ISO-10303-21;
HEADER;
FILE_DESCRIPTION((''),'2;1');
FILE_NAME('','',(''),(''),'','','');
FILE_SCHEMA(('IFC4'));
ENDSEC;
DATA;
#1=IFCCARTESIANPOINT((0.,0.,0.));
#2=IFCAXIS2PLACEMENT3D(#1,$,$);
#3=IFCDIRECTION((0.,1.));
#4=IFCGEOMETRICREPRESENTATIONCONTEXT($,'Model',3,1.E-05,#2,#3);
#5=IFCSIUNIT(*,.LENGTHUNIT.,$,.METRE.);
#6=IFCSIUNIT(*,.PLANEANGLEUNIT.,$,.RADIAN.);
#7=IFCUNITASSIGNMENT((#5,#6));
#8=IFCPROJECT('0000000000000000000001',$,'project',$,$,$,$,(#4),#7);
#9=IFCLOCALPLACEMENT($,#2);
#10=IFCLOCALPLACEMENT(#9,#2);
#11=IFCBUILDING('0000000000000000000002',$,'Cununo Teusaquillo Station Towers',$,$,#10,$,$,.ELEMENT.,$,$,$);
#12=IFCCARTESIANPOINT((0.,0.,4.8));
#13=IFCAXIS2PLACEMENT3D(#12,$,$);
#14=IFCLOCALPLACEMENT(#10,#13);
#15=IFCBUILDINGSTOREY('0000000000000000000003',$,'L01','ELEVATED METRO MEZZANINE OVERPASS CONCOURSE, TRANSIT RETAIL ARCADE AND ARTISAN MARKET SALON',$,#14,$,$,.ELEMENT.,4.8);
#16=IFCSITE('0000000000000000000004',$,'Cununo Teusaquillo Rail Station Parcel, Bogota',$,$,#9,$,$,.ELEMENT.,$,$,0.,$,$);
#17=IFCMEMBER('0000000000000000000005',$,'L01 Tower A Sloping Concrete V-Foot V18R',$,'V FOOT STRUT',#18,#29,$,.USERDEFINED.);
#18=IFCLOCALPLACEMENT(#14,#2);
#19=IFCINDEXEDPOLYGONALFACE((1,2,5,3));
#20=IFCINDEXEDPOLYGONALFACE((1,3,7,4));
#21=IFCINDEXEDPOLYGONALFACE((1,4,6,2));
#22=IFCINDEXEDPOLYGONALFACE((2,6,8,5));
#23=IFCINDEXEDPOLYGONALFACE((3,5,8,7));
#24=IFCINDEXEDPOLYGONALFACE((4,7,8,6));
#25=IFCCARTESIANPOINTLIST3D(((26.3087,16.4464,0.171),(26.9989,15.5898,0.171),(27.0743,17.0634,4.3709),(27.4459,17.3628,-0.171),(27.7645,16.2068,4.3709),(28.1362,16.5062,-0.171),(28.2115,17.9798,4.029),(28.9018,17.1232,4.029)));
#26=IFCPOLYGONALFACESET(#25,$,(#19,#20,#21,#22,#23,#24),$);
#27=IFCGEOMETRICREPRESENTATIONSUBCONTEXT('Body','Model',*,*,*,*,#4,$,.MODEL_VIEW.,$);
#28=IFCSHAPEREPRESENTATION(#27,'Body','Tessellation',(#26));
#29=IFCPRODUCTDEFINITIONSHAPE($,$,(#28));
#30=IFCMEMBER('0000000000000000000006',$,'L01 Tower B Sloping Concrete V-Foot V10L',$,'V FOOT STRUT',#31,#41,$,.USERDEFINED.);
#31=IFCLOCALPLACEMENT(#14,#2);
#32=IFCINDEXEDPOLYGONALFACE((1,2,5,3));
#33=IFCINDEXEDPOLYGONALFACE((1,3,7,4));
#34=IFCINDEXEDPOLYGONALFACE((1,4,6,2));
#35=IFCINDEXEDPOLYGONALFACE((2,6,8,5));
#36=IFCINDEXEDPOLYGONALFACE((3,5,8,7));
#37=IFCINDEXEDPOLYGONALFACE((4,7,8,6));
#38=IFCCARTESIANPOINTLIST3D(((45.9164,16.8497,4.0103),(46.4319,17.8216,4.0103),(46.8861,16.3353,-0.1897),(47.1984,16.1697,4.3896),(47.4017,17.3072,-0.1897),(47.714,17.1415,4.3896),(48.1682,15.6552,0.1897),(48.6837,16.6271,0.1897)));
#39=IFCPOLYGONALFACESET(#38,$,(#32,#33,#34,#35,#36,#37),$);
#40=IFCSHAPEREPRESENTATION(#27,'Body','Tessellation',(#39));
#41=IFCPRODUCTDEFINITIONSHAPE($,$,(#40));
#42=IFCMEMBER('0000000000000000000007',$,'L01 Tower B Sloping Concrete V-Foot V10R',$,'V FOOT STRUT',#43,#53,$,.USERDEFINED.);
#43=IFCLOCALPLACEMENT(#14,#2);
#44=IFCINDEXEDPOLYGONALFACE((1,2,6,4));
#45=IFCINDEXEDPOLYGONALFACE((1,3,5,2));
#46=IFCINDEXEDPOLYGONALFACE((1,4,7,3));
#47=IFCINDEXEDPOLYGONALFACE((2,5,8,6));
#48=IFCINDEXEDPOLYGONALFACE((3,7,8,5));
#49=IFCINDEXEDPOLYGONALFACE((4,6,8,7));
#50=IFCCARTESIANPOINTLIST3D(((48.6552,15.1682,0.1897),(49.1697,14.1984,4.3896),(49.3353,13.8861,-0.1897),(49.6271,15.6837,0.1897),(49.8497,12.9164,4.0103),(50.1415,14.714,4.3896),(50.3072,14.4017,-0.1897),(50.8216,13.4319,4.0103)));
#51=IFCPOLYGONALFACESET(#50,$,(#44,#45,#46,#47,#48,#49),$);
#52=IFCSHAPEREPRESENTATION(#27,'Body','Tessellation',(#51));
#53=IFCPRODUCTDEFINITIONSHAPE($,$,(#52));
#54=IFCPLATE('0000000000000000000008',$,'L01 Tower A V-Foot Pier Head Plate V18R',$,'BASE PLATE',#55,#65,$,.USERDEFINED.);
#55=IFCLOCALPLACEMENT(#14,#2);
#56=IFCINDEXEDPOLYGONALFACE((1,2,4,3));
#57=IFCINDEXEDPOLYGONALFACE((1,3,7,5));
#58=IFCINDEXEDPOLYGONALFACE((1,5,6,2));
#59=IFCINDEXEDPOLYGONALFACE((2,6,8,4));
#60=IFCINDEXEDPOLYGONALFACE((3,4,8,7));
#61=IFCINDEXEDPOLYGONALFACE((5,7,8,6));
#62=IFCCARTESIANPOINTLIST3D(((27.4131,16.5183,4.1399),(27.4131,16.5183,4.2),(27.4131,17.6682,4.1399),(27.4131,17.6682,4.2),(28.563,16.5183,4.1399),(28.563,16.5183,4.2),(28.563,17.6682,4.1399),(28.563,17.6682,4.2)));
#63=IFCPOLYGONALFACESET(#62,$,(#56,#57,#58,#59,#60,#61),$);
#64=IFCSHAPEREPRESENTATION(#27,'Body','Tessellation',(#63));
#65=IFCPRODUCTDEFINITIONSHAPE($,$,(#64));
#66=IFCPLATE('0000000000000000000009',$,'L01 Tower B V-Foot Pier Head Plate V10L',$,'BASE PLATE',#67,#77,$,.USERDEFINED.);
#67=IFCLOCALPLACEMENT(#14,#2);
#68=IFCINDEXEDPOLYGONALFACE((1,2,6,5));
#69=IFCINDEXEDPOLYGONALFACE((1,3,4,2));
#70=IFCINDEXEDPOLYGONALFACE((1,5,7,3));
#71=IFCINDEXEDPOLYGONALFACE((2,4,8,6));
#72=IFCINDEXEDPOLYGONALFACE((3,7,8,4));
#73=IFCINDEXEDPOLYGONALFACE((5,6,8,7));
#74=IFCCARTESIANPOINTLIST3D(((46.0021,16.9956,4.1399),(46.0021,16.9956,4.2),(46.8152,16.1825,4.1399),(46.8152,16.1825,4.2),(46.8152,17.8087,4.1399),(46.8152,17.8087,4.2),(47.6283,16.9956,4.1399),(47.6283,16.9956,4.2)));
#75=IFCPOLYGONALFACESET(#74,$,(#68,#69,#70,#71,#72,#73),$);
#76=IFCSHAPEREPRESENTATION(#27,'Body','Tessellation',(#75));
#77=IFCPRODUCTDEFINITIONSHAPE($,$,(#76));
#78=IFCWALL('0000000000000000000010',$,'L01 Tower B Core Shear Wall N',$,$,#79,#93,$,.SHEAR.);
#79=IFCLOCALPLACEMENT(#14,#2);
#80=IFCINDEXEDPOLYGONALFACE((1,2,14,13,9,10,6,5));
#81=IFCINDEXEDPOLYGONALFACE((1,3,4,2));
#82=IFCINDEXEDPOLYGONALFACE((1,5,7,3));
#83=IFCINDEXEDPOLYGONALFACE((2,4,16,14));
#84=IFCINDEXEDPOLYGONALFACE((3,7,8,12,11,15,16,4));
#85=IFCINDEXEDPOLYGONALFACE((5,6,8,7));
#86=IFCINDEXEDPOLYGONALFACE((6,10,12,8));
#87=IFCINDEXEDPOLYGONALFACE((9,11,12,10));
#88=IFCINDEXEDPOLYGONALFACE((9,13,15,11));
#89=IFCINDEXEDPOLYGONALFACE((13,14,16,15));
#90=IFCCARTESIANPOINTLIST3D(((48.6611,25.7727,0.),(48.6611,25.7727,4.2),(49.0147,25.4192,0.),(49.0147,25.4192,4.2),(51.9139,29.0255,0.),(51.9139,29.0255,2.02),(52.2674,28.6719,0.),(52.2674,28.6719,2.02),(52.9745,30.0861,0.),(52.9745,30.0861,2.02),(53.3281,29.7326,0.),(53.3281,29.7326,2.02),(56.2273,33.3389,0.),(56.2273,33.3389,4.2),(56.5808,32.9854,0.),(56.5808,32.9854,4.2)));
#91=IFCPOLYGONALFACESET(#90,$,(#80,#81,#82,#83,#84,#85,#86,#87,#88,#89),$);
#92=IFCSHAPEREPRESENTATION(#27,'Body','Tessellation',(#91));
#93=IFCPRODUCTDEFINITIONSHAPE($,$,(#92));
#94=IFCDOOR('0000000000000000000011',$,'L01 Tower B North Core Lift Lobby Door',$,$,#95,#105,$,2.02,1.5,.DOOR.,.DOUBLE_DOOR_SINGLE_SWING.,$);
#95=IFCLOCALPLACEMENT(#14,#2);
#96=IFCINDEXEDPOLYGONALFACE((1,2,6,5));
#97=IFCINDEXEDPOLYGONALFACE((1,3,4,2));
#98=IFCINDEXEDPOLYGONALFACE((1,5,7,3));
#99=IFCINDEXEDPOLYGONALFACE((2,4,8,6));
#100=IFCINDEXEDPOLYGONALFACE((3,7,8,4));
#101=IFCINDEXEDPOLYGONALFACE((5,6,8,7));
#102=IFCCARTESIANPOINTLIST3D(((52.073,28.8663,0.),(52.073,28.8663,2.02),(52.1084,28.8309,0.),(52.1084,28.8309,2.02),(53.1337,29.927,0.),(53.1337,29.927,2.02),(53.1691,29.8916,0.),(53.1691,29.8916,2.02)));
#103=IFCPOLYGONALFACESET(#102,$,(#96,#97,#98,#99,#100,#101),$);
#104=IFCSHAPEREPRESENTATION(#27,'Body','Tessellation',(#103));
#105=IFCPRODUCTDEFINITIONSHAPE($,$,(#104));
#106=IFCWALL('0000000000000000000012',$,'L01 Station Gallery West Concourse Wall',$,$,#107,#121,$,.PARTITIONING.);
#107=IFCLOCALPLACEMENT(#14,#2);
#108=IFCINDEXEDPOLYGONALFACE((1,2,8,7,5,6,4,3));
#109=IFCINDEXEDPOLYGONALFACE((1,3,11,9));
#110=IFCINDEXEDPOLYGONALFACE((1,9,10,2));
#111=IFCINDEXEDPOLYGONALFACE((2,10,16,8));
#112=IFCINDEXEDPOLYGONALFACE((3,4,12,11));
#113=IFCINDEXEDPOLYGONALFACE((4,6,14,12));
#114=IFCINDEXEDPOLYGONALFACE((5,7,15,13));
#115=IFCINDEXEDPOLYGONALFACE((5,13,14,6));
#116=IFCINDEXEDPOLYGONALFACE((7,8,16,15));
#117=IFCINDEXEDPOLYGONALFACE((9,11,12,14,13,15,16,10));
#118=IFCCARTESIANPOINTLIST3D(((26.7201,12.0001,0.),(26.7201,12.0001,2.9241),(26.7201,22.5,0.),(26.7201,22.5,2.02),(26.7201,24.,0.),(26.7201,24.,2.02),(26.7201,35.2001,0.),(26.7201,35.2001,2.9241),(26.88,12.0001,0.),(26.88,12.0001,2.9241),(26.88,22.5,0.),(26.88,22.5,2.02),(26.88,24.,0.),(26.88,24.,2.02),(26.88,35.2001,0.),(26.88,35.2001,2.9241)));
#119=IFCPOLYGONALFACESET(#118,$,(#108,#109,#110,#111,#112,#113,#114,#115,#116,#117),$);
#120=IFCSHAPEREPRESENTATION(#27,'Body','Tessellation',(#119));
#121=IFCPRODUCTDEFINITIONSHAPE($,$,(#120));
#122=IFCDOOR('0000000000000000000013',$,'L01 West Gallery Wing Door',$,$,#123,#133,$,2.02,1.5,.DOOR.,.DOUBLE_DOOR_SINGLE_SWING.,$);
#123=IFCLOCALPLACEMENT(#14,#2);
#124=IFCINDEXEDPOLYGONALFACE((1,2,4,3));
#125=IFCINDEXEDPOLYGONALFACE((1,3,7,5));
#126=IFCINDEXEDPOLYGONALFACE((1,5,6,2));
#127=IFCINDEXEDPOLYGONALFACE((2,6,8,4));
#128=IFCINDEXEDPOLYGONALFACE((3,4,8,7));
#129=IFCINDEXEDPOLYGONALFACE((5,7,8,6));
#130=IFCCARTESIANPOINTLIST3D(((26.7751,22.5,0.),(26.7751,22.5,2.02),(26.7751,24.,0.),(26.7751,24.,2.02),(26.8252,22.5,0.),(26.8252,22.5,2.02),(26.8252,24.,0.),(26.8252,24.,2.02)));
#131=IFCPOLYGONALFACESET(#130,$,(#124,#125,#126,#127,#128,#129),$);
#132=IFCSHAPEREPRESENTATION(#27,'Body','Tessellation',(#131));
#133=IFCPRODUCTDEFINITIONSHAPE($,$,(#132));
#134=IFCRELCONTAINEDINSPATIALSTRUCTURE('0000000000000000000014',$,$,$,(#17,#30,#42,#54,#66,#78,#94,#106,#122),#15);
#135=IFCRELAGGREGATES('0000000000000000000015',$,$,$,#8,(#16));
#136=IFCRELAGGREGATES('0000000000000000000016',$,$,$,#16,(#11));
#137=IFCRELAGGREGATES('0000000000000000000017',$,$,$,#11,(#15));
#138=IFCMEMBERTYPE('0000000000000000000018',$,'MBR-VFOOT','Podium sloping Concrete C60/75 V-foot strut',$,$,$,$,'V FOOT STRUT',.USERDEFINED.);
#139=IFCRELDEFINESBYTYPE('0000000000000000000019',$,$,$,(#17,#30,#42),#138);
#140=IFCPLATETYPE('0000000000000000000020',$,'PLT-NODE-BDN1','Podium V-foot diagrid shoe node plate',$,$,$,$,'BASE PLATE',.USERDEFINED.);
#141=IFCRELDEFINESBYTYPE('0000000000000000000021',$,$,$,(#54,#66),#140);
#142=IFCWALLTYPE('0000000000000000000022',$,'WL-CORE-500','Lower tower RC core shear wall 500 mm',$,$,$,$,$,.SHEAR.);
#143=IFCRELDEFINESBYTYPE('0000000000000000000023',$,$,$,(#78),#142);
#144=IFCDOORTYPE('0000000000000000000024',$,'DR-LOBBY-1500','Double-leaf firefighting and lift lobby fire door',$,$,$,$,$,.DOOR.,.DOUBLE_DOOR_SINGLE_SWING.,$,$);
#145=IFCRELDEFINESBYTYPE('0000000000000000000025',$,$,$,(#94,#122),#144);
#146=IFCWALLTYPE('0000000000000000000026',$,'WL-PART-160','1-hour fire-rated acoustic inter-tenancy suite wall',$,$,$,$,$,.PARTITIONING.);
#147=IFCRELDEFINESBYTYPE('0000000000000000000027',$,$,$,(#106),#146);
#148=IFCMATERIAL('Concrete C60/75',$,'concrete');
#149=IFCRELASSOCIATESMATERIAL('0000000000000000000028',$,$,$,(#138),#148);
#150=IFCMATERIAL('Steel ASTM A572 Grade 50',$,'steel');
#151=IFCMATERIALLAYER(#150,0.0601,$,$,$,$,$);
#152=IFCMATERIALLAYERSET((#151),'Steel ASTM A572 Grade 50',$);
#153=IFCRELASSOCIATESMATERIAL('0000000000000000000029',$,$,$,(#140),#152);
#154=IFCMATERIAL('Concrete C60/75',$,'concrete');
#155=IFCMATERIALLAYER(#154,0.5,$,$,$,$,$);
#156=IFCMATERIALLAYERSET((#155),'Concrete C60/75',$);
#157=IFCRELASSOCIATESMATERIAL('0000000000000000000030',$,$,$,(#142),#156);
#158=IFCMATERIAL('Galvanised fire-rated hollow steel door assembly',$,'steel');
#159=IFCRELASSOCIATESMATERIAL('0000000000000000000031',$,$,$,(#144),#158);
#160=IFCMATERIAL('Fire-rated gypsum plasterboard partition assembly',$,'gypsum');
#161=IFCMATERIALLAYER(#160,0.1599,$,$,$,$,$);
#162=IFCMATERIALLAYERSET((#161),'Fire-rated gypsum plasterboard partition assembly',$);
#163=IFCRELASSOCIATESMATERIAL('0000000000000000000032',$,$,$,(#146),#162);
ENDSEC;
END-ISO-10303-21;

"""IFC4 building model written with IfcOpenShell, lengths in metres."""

from ifc_helpers import new_model, si_unit, direction, frame, frame_2d, origin, origin_2d, place, context, subcontext, project, spatial, rectangle, extrude, source, transform, mapped, material, layer, layer_set, material_profile, profile_set, type_object, element, fill, save


model = new_model("IFC4")

# Units and contexts
model_context = context("Model", 3, precision=1e-05, world=origin(), true_north=direction((0.0, 1.0)))
body_context = subcontext(model_context, "Body", "Model", "MODEL_VIEW")
ifc_project = project(units=[si_unit("LENGTHUNIT", "METRE"), si_unit("PLANEANGLEUNIT", "RADIAN")], contexts=[model_context])

# Site, building, storey
site_placement = place(None, origin())
site = spatial("IfcSite", under=ifc_project, at=site_placement, Name="Cununo Teusaquillo Rail Station Parcel, Bogota", CompositionType="ELEMENT", RefElevation=0.0)
building_placement = place(site_placement, origin())
building = spatial("IfcBuilding", under=site, at=building_placement, Name="Cununo Teusaquillo Station Towers", CompositionType="ELEMENT")
storey_placement = place(building_placement, frame((0.0, 0.0, 4.8)))
storey = spatial("IfcBuildingStorey", under=building, at=storey_placement, Name="L01", Description="ELEVATED METRO MEZZANINE OVERPASS CONCOURSE, TRANSIT RETAIL ARCADE AND ARTISAN MARKET SALON", CompositionType="ELEMENT", Elevation=4.8)

# Members
ifc_material_1 = material(Name="Concrete C60/75", Category="concrete")
ifc_material_profile_1 = material_profile(ifc_material_1, rectangle(XDim=1.1001, YDim=1.5, at=origin_2d()), Name="RC-RECT-1500x1100")
ifc_profile_set_1 = profile_set([ifc_material_profile_1], Name="Concrete C60/75")
member_type = type_object("IfcMemberType", Name="MBR-VFOOT", Description="Podium sloping Concrete C60/75 V-foot strut", ElementType="V FOOT STRUT", PredefinedType="USERDEFINED", material=ifc_profile_set_1)
member_placement = place(storey_placement, frame((27.2224, 16.4763, 0.0), z_axis=(0.177495, 0.143026, 0.973673), x_axis=(-0.627447, 0.77866, 0.0)))
element("IfcMember", 1, at=member_placement, inside=storey, type_object=member_type, Name="L01 Tower A Sloping Concrete V-Foot V18R", ObjectType="V FOOT STRUT", PredefinedType="USERDEFINED", context=body_context, shape_type="SweptSolid", body=[
    extrude(rectangle(XDim=1.1001, YDim=1.5, at=origin_2d()), origin(), (0.0, 0.0, 1.0), 4.3135),
])
for number, where, z_axis, x_axis, name in (
    (2, (47.7849, 16.4812, 0.0), (-0.223386, 0.118498, 0.9675), (-0.468613, -0.883404, 0.0), "L01 Tower B Sloping Concrete V-Foot V10L"),
    (3, (49.4812, 14.7849, 0.0), (0.118498, -0.223386, 0.9675), (0.883404, 0.468613, 0.0), "L01 Tower B Sloping Concrete V-Foot V10R"),
):
    element("IfcMember", number, at=place(storey_placement, frame(where, z_axis=z_axis, x_axis=x_axis)), inside=storey, type_object=member_type, Name=name, ObjectType="V FOOT STRUT", PredefinedType="USERDEFINED", context=body_context, shape_type="SweptSolid", body=[
        extrude(rectangle(XDim=1.1001, YDim=1.5, at=origin_2d()), origin(), (0.0, 0.0, 1.0), 4.3411),
    ])

# Plates
ifc_material_2 = material(Name="Steel ASTM A572 Grade 50", Category="steel")
ifc_layer_1 = layer(ifc_material_2, 0.0601)
ifc_layer_set_1 = layer_set([ifc_layer_1], Name="Steel ASTM A572 Grade 50")
plate_type = type_object("IfcPlateType", Name="PLT-NODE-BDN1", Description="Podium V-foot diagrid shoe node plate", ElementType="BASE PLATE", PredefinedType="USERDEFINED", material=ifc_layer_set_1)
shared_shape_1 = source(origin(), body_context, "Body", "SweptSolid", [
    extrude(rectangle(XDim=1.1499, YDim=1.1499, at=origin_2d()), origin(), (0.0, 0.0, 1.0), 0.0601),
])
for number, where, z_axis, x_axis, name in (
    (4, (27.988, 17.0933, 4.1399), (0.0, 0.0, 1.0), (1.0, 0.0, 0.0), "L01 Tower A V-Foot Pier Head Plate V18R"),
    (5, (46.8152, 16.9956, 4.1399), (0.0, 0.0, 1.0), (0.707107, 0.707107, 0.0), "L01 Tower B V-Foot Pier Head Plate V10L"),
):
    element("IfcPlate", number, at=place(storey_placement, frame(where, z_axis=z_axis, x_axis=x_axis)), inside=storey, type_object=plate_type, Name=name, ObjectType="BASE PLATE", PredefinedType="USERDEFINED", context=body_context, shape_type="MappedRepresentation", body=[
        mapped(shared_shape_1, transform((0.0, 0.0, 0.0), x_axis=(1.0, 0.0, 0.0), y_axis=(0.0, 1.0, 0.0), z_axis=(0.0, 0.0, 1.0), scale=1.0)),
    ])

# Walls, openings, doors
ifc_material_3 = material(Name="Concrete C60/75", Category="concrete")
ifc_layer_2 = layer(ifc_material_3, 0.5)
ifc_layer_set_2 = layer_set([ifc_layer_2], Name="Concrete C60/75")
wall_type_1 = type_object("IfcWallType", Name="WL-CORE-500", Description="Lower tower RC core shear wall 500 mm", PredefinedType="SHEAR", material=ifc_layer_set_2)
wall_1_placement = place(storey_placement, frame((48.8379, 25.5959, 0.0), z_axis=(0.0, 0.0, 1.0), x_axis=(0.707107, 0.707107, 0.0)))
wall_1 = element("IfcWall", 6, at=wall_1_placement, inside=storey, type_object=wall_type_1, Name="L01 Tower B Core Shear Wall N", PredefinedType="SHEAR", context=body_context, shape_type="SweptSolid", body=[
    extrude(rectangle(XDim=10.7002, YDim=0.5, at=frame_2d((5.3501, 0.0))), origin(), (0.0, 0.0, 1.0), 4.2),
])
shared_shape_2 = source(origin(), body_context, "Body", "SweptSolid", [
    extrude(rectangle(XDim=1.5, YDim=2.02, at=frame_2d((0.75, 1.01))), frame((0.0, 0.26, 0.0), z_axis=(0.0, -1.0, 0.0), x_axis=(1.0, 0.0, 0.0)), (0.0, 0.0, 1.0), 0.52),
])
opening_1_placement = place(wall_1_placement, frame((4.6001, 0.0, 0.0)))
opening_1 = element("IfcOpeningElement", 7, at=opening_1_placement, cuts=wall_1, PredefinedType="OPENING", context=body_context, shape_type="MappedRepresentation", body=[
    mapped(shared_shape_2, transform((0.0, 0.0, 0.0), x_axis=(1.0, 0.0, 0.0), y_axis=(0.0, 1.0, 0.0), z_axis=(0.0, 0.0, 1.0), scale=1.0)),
])
ifc_material_4 = material(Name="Galvanised fire-rated hollow steel door assembly", Category="steel")
door_type_1 = type_object("IfcDoorType", Name="DR-LOBBY-1500", Description="Double-leaf firefighting and lift lobby fire door", OperationType="DOUBLE_DOOR_SINGLE_SWING", PredefinedType="DOOR", material=ifc_material_4)
shared_shape_3 = source(origin(), body_context, "Body", "SweptSolid", [
    extrude(rectangle(XDim=1.5, YDim=2.02, at=frame_2d((0.75, 1.01))), frame((0.0, 0.0249, 0.0), z_axis=(0.0, -1.0, 0.0), x_axis=(1.0, 0.0, 0.0)), (0.0, 0.0, 1.0), 0.05),
])
door_1_placement = place(opening_1_placement, origin())
door_1 = element("IfcDoor", 8, at=door_1_placement, inside=storey, type_object=door_type_1, Name="L01 Tower B North Core Lift Lobby Door", OperationType="DOUBLE_DOOR_SINGLE_SWING", OverallHeight=2.02, OverallWidth=1.5, PredefinedType="DOOR", context=body_context, shape_type="MappedRepresentation", body=[
    mapped(shared_shape_3, transform((0.0, 0.0, 0.0), x_axis=(1.0, 0.0, 0.0), y_axis=(0.0, 1.0, 0.0), z_axis=(0.0, 0.0, 1.0), scale=1.0)),
])
fill(opening_1, door_1)
ifc_material_5 = material(Name="Fire-rated gypsum plasterboard partition assembly", Category="gypsum")
ifc_layer_3 = layer(ifc_material_5, 0.1599)
ifc_layer_set_3 = layer_set([ifc_layer_3], Name="Fire-rated gypsum plasterboard partition assembly")
wall_type_2 = type_object("IfcWallType", Name="WL-PART-160", Description="1-hour fire-rated acoustic inter-tenancy suite wall", PredefinedType="PARTITIONING", material=ifc_layer_set_3)
wall_2_placement = place(storey_placement, frame((26.8, 12.0, 0.0), z_axis=(0.0, 0.0, 1.0), x_axis=(0.0, 1.0, 0.0)))
wall_2 = element("IfcWall", 9, at=wall_2_placement, inside=storey, type_object=wall_type_2, Name="L01 Station Gallery West Concourse Wall", PredefinedType="PARTITIONING", context=body_context, shape_type="SweptSolid", body=[
    extrude(rectangle(XDim=23.2, YDim=0.1599, at=frame_2d((11.6001, 0.0))), origin(), (0.0, 0.0, 1.0), 2.9241),
])
shared_shape_4 = source(origin(), body_context, "Body", "SweptSolid", [
    extrude(rectangle(XDim=1.5, YDim=2.02, at=frame_2d((0.75, 1.01))), frame((0.0, 0.0898, 0.0), z_axis=(0.0, -1.0, 0.0), x_axis=(1.0, 0.0, 0.0)), (0.0, 0.0, 1.0), 0.1799),
])
opening_2_placement = place(wall_2_placement, frame((10.5, 0.0, 0.0)))
opening_2 = element("IfcOpeningElement", 10, at=opening_2_placement, cuts=wall_2, PredefinedType="OPENING", context=body_context, shape_type="MappedRepresentation", body=[
    mapped(shared_shape_4, transform((0.0, 0.0, 0.0), x_axis=(1.0, 0.0, 0.0), y_axis=(0.0, 1.0, 0.0), z_axis=(0.0, 0.0, 1.0), scale=1.0)),
])
door_2_placement = place(opening_2_placement, origin())
door_2 = element("IfcDoor", 11, at=door_2_placement, inside=storey, type_object=door_type_1, Name="L01 West Gallery Wing Door", OperationType="DOUBLE_DOOR_SINGLE_SWING", OverallHeight=2.02, OverallWidth=1.5, PredefinedType="DOOR", context=body_context, shape_type="MappedRepresentation", body=[
    mapped(shared_shape_3, transform((0.0, 0.0, 0.0), x_axis=(1.0, 0.0, 0.0), y_axis=(0.0, 1.0, 0.0), z_axis=(0.0, 0.0, 1.0), scale=1.0)),
])
fill(opening_2, door_2)

save(model, "model.ifc")
